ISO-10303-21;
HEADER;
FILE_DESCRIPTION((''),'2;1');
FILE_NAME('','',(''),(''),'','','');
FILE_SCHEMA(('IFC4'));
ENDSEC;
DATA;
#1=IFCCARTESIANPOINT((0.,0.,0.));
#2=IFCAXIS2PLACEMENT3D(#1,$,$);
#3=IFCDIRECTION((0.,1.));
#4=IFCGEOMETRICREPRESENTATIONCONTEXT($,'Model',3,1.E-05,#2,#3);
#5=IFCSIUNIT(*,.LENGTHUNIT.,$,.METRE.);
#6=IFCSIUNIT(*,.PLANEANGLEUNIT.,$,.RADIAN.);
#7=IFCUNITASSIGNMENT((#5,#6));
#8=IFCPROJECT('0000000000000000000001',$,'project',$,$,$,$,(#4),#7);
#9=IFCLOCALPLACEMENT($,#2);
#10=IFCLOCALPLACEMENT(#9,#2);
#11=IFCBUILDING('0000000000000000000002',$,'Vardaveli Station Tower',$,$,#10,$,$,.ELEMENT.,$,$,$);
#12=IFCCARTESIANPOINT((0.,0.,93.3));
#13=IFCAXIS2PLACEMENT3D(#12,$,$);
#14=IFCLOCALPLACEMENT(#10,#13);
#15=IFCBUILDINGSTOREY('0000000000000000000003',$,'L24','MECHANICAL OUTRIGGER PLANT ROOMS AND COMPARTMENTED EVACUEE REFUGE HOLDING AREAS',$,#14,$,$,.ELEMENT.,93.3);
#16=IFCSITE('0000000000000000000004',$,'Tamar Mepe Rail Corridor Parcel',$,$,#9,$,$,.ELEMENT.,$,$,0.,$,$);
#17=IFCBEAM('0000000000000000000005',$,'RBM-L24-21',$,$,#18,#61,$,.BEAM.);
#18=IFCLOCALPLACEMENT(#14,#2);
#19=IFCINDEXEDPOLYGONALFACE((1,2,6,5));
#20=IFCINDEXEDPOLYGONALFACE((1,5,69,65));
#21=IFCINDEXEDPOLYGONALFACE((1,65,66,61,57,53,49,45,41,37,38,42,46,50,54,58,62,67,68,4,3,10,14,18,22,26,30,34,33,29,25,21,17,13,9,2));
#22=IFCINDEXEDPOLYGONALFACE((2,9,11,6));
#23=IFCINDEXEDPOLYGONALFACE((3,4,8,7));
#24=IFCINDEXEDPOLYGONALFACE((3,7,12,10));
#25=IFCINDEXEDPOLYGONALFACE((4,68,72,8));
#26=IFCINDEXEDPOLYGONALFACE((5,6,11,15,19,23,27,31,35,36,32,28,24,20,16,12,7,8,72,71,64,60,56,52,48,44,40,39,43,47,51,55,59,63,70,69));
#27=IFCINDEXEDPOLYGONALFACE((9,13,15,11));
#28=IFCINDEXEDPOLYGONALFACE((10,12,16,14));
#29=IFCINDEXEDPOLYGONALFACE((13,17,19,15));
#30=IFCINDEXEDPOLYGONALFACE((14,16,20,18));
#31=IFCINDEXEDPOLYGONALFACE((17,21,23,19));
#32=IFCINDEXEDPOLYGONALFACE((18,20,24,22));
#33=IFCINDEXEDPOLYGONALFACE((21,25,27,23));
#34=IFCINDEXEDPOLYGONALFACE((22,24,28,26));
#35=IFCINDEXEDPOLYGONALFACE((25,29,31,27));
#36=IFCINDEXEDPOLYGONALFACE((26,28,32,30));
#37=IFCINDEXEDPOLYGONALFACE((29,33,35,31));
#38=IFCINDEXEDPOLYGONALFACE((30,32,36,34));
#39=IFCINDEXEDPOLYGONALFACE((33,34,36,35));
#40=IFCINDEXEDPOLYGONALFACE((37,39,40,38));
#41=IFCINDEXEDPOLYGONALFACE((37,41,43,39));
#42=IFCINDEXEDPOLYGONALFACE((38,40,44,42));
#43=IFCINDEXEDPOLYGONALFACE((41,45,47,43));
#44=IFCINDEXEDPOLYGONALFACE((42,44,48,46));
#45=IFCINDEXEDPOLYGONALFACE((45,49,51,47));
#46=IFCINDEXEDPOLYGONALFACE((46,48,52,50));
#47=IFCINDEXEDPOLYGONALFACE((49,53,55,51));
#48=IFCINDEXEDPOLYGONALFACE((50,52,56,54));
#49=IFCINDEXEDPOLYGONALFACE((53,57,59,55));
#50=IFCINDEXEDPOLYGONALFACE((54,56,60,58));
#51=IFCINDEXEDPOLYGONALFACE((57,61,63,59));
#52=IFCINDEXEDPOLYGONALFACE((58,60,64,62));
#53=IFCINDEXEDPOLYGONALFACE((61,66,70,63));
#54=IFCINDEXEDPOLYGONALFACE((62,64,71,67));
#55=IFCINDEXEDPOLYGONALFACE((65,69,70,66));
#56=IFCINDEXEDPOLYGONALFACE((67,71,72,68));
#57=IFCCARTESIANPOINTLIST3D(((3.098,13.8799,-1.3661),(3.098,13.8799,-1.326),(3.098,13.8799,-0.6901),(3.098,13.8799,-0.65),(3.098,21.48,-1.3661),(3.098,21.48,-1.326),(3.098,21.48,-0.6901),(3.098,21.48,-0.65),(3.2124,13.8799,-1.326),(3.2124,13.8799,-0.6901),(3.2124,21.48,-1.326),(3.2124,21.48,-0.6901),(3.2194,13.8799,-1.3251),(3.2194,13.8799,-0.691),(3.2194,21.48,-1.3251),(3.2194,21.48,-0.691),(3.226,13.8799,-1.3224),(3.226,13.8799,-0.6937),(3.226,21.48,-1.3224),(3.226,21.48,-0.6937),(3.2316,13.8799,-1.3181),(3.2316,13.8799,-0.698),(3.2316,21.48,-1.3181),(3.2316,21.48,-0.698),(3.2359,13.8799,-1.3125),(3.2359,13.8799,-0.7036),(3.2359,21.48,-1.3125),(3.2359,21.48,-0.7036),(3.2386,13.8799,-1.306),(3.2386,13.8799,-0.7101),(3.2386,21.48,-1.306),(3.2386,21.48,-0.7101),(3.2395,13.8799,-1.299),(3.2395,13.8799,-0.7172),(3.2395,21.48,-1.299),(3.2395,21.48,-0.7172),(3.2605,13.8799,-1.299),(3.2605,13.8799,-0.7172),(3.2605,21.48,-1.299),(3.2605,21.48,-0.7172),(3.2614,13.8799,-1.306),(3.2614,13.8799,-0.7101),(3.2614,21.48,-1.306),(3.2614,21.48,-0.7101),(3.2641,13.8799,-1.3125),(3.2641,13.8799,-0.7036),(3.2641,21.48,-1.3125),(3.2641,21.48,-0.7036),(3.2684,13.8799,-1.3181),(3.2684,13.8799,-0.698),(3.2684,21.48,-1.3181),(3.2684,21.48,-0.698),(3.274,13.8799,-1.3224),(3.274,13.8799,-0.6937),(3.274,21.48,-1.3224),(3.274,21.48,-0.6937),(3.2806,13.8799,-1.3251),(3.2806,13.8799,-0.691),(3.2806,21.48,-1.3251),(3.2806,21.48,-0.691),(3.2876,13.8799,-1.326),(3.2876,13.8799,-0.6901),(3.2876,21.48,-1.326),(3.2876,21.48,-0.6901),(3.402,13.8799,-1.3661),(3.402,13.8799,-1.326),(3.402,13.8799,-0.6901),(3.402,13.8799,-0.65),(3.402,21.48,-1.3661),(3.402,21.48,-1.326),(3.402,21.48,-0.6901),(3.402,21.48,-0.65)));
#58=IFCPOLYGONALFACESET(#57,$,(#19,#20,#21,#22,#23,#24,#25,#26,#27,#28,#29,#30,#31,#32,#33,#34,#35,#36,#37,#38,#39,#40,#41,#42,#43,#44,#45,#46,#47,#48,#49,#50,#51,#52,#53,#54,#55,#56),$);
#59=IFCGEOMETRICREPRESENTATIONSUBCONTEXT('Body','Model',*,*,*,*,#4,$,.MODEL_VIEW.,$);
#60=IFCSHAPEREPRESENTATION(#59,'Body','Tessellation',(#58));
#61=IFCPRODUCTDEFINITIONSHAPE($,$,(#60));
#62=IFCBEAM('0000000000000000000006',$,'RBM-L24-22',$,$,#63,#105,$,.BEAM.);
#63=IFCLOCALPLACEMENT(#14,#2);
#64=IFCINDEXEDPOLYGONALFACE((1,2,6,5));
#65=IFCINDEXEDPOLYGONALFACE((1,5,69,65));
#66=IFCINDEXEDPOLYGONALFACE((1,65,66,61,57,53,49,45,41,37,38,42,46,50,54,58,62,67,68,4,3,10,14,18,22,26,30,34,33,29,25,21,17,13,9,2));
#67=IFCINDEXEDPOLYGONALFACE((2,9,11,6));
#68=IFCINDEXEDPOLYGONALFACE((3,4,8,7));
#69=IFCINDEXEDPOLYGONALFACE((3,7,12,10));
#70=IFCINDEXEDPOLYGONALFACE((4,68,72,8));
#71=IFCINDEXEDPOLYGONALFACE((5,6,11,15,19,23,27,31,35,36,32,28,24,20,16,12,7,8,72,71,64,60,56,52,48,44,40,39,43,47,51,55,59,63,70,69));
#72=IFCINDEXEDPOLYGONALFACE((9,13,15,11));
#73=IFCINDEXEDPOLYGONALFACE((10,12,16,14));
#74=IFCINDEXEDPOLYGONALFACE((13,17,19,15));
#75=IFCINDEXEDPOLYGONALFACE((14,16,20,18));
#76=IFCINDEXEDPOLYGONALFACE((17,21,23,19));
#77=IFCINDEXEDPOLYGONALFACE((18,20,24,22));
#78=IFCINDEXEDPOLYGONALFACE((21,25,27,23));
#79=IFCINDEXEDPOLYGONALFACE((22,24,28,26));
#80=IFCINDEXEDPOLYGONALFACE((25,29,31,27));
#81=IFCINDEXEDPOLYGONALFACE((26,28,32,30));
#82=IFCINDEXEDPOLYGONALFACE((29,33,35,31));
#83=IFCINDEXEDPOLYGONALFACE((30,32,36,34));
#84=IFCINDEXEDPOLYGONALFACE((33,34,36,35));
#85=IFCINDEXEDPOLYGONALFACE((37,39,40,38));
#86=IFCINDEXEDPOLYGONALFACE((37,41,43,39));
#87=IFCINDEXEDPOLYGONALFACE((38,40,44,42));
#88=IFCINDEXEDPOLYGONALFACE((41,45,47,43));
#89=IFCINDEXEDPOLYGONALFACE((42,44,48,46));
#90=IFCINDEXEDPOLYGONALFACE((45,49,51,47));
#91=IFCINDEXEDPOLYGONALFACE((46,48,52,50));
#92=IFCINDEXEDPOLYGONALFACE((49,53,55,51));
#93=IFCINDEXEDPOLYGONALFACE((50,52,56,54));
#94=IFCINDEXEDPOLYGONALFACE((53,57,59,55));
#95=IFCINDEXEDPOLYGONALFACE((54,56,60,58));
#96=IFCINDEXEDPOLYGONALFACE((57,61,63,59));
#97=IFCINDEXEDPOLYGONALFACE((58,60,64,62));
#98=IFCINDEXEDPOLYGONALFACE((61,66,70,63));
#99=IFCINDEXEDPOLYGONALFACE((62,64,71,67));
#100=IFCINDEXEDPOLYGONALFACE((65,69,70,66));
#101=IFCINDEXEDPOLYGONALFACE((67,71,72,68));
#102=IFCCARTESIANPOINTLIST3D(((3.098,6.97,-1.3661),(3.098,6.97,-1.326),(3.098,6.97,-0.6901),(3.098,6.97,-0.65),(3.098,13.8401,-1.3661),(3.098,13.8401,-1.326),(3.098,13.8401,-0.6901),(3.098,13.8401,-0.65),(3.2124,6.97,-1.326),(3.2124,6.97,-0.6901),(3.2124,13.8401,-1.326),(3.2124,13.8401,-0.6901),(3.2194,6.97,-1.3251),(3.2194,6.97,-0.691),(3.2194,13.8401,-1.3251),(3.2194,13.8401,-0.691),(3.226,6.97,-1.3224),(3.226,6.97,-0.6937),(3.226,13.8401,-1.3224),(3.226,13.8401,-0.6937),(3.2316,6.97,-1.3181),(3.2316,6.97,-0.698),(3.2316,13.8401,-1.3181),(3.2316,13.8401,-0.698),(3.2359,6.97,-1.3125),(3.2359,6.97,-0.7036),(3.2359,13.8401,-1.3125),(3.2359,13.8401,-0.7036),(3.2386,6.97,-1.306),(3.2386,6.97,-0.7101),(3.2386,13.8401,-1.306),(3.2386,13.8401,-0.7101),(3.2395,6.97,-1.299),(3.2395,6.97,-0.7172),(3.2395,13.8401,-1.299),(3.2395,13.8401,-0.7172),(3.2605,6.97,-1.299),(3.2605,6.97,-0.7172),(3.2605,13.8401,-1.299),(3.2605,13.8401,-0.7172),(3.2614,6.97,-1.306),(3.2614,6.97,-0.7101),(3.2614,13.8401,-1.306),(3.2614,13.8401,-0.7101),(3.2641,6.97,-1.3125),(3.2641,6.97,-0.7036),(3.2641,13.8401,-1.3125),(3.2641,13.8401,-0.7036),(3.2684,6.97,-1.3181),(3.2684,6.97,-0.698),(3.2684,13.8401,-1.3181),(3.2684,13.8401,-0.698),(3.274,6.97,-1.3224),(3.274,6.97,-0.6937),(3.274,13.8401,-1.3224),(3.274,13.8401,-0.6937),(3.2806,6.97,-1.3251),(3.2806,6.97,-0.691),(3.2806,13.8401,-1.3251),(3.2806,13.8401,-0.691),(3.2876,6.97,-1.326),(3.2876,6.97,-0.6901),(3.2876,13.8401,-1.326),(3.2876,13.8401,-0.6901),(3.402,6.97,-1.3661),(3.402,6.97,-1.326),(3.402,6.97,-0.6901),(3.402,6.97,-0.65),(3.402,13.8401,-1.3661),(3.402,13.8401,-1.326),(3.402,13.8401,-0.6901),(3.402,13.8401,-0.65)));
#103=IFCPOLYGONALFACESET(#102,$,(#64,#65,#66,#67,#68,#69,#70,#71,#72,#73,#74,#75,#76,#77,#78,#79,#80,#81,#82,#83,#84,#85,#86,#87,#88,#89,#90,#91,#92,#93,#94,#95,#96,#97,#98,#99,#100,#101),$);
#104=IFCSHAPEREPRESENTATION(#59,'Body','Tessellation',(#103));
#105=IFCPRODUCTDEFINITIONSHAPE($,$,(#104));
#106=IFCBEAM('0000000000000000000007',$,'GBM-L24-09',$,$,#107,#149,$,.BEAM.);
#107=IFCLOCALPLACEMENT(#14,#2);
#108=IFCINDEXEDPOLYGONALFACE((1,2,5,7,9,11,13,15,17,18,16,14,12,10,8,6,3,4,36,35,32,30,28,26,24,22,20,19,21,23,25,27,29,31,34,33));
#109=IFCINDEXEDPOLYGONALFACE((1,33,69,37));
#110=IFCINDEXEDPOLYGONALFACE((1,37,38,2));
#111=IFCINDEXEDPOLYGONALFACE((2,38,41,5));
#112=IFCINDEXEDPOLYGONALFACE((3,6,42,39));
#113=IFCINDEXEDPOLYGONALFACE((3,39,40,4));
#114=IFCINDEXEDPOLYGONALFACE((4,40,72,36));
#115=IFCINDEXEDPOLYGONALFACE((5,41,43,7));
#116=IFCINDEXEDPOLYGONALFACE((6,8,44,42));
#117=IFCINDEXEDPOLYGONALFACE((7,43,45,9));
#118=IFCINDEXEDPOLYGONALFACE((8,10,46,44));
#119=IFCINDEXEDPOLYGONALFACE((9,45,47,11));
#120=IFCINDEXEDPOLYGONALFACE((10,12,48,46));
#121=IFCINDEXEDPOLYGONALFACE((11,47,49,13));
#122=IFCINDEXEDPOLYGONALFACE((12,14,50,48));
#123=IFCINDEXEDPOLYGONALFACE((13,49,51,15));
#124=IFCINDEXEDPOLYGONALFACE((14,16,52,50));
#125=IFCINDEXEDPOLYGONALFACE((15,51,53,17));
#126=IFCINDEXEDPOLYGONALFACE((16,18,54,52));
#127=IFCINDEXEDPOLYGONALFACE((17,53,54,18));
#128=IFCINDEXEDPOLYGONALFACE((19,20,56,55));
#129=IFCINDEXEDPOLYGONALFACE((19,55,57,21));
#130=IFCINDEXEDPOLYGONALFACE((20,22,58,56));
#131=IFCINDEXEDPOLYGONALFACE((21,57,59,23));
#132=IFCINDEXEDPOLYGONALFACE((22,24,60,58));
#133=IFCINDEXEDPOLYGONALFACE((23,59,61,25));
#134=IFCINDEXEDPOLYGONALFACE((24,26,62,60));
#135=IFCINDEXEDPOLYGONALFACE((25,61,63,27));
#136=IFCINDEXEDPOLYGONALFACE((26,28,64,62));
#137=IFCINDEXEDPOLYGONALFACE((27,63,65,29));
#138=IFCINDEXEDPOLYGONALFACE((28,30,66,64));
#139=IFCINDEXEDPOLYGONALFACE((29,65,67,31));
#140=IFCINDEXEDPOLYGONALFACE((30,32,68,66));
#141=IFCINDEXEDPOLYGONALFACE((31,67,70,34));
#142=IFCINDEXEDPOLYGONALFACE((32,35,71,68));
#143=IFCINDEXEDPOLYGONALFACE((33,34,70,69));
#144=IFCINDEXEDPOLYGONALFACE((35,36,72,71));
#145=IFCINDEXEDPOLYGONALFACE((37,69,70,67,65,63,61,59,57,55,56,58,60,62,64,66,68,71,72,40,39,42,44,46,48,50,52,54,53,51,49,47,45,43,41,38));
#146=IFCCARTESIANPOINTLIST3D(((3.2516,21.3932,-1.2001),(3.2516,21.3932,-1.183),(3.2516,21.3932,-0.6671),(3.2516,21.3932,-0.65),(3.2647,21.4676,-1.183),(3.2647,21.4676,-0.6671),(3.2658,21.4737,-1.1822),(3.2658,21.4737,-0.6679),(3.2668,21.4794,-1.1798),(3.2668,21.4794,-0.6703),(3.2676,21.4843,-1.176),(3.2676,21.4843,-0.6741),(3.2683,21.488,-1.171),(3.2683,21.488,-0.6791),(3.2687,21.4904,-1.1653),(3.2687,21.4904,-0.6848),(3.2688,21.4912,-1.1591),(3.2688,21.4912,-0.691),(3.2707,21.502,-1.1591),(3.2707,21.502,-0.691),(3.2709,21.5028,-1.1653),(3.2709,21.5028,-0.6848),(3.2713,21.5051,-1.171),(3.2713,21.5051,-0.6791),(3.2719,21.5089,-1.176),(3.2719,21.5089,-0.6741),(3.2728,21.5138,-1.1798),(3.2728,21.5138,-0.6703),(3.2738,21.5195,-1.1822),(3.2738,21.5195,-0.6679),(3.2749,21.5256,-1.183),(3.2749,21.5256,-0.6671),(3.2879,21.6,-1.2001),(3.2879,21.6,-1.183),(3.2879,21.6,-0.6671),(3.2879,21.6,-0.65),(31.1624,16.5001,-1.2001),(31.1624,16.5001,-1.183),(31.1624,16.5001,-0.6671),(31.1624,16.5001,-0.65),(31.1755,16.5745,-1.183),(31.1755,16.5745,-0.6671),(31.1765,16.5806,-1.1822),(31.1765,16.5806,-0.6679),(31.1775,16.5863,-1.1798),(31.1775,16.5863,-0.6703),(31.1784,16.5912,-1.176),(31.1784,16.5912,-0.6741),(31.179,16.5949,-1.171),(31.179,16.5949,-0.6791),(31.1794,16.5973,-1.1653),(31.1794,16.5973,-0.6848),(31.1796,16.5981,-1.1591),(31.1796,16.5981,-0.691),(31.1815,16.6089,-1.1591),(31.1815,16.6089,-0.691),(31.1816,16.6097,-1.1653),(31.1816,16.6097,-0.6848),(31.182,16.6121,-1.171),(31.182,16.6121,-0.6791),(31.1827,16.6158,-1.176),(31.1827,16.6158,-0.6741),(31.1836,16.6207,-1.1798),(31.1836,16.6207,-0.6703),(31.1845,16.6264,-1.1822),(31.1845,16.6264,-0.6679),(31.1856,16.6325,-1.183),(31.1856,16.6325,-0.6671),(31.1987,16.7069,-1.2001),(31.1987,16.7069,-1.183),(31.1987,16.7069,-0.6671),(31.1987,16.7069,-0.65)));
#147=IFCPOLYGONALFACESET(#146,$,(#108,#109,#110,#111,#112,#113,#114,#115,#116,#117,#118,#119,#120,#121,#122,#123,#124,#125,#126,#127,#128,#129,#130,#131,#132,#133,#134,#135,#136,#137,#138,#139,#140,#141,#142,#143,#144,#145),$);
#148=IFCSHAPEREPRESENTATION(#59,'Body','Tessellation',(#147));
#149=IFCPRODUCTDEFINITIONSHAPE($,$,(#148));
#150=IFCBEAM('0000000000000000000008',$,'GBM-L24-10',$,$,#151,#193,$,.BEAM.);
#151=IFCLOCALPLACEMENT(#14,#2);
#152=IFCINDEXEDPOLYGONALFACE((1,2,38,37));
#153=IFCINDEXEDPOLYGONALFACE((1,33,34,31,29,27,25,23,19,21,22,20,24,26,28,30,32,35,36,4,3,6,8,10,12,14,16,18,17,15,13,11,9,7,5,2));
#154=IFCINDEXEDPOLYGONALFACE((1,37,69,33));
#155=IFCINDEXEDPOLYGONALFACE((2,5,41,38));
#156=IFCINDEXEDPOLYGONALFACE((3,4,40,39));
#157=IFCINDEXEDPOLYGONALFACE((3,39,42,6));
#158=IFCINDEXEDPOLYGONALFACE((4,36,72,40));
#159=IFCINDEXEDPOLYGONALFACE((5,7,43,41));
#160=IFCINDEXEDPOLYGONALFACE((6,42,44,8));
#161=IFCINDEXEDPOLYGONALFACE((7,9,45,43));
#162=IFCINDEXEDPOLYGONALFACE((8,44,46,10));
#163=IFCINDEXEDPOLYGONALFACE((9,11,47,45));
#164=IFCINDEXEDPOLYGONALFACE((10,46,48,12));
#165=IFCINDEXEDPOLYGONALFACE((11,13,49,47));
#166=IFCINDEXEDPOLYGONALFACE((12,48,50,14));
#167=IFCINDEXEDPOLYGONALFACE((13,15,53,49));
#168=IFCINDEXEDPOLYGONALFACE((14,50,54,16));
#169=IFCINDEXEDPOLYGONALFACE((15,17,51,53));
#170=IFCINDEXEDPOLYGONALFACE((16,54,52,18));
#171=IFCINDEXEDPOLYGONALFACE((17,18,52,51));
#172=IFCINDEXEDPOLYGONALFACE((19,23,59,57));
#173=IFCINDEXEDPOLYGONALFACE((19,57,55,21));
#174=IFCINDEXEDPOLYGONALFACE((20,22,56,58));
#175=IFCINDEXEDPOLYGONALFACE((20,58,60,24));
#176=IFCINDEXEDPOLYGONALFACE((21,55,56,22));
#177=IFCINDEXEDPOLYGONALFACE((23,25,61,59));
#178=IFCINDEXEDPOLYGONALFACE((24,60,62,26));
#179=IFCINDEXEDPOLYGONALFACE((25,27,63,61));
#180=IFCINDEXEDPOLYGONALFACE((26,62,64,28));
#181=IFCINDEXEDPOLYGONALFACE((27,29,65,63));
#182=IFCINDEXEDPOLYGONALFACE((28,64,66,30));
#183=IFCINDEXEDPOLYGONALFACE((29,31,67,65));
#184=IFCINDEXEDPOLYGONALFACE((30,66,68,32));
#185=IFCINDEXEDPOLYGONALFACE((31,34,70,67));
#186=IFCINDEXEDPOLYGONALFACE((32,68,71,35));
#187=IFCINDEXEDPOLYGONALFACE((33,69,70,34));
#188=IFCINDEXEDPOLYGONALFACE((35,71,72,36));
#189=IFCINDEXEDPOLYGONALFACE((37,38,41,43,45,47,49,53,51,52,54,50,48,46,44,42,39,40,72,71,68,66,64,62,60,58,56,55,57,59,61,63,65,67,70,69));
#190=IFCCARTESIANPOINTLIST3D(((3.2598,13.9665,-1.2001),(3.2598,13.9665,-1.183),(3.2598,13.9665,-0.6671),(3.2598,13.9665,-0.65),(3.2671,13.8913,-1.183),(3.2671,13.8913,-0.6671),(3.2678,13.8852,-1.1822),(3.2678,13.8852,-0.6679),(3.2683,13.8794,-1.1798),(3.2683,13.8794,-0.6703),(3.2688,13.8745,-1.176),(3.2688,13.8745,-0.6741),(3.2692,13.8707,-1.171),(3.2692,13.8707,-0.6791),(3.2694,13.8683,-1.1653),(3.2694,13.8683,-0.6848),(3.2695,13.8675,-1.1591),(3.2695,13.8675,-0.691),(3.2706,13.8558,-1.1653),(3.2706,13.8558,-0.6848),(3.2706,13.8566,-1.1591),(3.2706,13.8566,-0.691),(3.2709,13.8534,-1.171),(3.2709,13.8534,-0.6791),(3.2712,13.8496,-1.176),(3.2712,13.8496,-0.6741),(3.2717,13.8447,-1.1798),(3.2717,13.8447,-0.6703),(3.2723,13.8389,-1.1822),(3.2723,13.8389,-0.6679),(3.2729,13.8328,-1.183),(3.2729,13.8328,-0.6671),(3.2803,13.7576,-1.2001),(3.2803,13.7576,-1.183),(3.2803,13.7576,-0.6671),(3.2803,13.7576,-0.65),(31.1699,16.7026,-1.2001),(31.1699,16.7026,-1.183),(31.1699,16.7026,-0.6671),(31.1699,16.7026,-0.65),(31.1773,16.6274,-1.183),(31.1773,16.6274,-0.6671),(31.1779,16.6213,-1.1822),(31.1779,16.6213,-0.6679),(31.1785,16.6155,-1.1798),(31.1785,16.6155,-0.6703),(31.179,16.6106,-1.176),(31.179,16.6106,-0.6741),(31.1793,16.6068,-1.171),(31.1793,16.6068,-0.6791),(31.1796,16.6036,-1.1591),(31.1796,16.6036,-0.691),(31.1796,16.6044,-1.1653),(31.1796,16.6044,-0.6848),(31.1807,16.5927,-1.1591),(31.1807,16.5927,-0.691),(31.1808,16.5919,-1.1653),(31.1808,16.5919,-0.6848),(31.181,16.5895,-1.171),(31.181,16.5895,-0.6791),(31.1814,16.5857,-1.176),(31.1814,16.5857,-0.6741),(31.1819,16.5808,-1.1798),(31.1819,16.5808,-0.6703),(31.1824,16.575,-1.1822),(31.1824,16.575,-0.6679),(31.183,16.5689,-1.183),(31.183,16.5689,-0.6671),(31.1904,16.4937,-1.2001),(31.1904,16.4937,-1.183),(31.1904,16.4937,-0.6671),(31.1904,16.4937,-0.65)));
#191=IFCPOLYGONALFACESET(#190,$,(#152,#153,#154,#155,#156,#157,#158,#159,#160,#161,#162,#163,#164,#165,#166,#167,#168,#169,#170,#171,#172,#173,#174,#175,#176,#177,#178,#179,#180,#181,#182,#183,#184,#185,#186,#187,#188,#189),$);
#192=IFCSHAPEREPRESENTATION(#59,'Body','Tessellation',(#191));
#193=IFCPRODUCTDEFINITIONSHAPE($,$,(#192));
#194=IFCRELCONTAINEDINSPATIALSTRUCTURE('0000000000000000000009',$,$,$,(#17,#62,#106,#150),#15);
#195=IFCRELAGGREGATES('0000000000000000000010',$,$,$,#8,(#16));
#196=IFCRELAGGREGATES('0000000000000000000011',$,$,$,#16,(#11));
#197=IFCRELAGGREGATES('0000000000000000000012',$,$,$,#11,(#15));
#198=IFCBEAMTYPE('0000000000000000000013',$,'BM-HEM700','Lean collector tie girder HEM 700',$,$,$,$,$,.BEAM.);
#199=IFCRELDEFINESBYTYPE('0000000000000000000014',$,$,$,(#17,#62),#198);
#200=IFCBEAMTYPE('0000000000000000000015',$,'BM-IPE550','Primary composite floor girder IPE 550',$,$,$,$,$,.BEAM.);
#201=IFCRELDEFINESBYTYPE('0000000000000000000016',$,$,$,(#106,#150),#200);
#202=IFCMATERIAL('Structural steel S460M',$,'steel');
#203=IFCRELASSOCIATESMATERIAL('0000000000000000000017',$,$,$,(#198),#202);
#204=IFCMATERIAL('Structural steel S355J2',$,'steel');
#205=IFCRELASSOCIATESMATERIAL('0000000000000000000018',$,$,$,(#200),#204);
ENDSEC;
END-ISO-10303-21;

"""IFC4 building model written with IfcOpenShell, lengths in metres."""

from ifc_helpers import new_model, si_unit, direction, frame, origin, origin_2d, place, context, subcontext, project, spatial, i_section, extrude, source, transform, mapped, material, material_profile, profile_set, type_object, element, save


model = new_model("IFC4")

# Units and contexts
model_context = context("Model", 3, precision=1e-05, world=origin(), true_north=direction((0.0, 1.0)))
body_context = subcontext(model_context, "Body", "Model", "MODEL_VIEW")
ifc_project = project(units=[si_unit("LENGTHUNIT", "METRE"), si_unit("PLANEANGLEUNIT", "RADIAN")], contexts=[model_context])

# Site, building, storey
site_placement = place(None, origin())
site = spatial("IfcSite", under=ifc_project, at=site_placement, Name="Tamar Mepe Rail Corridor Parcel", CompositionType="ELEMENT", RefElevation=0.0)
building_placement = place(site_placement, origin())
building = spatial("IfcBuilding", under=site, at=building_placement, Name="Vardaveli Station Tower", CompositionType="ELEMENT")
storey_placement = place(building_placement, frame((0.0, 0.0, 93.3)))
storey = spatial("IfcBuildingStorey", under=building, at=storey_placement, Name="L24", Description="MECHANICAL OUTRIGGER PLANT ROOMS AND COMPARTMENTED EVACUEE REFUGE HOLDING AREAS", CompositionType="ELEMENT", Elevation=93.3)

# Shared definitions
ifc_material_1 = material(Name="Structural steel S460M", Category="steel")

# Beams
ifc_material_2 = material(Name="Structural steel S355J2", Category="steel")
ifc_material_profile_1 = material_profile(ifc_material_1, i_section(OverallWidth=0.304, OverallDepth=0.7161, WebThickness=0.021, FlangeThickness=0.04, FilletRadius=0.0271, at=origin_2d()), Name="HEM 700")
ifc_profile_set_1 = profile_set([ifc_material_profile_1], Name="Structural steel S460M")
beam_type_1 = type_object("IfcBeamType", Name="BM-HEM700", Description="Lean collector tie girder HEM 700", PredefinedType="BEAM", material=ifc_profile_set_1)
shared_shape_1 = source(origin(), body_context, "Body", "SweptSolid", [
    extrude(i_section(OverallWidth=0.304, OverallDepth=0.7161, WebThickness=0.021, FlangeThickness=0.04, FilletRadius=0.0271, at=origin_2d()), origin(), (0.0, 0.0, 1.0), 7.6001),
])
beam_1_placement = place(storey_placement, frame((3.25, 21.48, -1.0081), z_axis=(0.0, -1.0, 0.0), x_axis=(1.0, 0.0, 0.0)))
element("IfcBeam", 1, at=beam_1_placement, inside=storey, type_object=beam_type_1, Name="RBM-L24-21", PredefinedType="BEAM", context=body_context, shape_type="MappedRepresentation", body=[
    mapped(shared_shape_1, transform((0.0, 0.0, 0.0), scale=1.0)),
])
shared_shape_2 = source(origin(), body_context, "Body", "SweptSolid", [
    extrude(i_section(OverallWidth=0.304, OverallDepth=0.7161, WebThickness=0.021, FlangeThickness=0.04, FilletRadius=0.0271, at=origin_2d()), origin(), (0.0, 0.0, 1.0), 6.8701),
])
beam_2_placement = place(storey_placement, frame((3.25, 13.8401, -1.0081), z_axis=(0.0, -1.0, 0.0), x_axis=(1.0, 0.0, 0.0)))
element("IfcBeam", 2, at=beam_2_placement, inside=storey, type_object=beam_type_1, Name="RBM-L24-22", PredefinedType="BEAM", context=body_context, shape_type="MappedRepresentation", body=[
    mapped(shared_shape_2, transform((0.0, 0.0, 0.0), scale=1.0)),
])
ifc_material_profile_2 = material_profile(ifc_material_2, i_section(OverallWidth=0.21, OverallDepth=0.55, WebThickness=0.011, FlangeThickness=0.0171, FilletRadius=0.0239, at=origin_2d()), Name="IPE 550")
ifc_profile_set_2 = profile_set([ifc_material_profile_2], Name="Structural steel S355J2")
beam_type_2 = type_object("IfcBeamType", Name="BM-IPE550", Description="Primary composite floor girder IPE 550", PredefinedType="BEAM", material=ifc_profile_set_2)
shared_shape_3 = source(origin(), body_context, "Body", "SweptSolid", [
    extrude(i_section(OverallWidth=0.21, OverallDepth=0.55, WebThickness=0.011, FlangeThickness=0.0171, FilletRadius=0.0239, at=origin_2d()), origin(), (0.0, 0.0, 1.0), 28.3364),
])
beam_3_placement = place(storey_placement, frame((3.2698, 21.4966, -0.925), z_axis=(0.984978, -0.172678, 0.0), x_axis=(0.172678, 0.984978, 0.0)))
element("IfcBeam", 3, at=beam_3_placement, inside=storey, type_object=beam_type_2, Name="GBM-L24-09", PredefinedType="BEAM", context=body_context, shape_type="MappedRepresentation", body=[
    mapped(shared_shape_3, transform((0.0, 0.0, 0.0), scale=1.0)),
])
shared_shape_4 = source(origin(), body_context, "Body", "SweptSolid", [
    extrude(i_section(OverallWidth=0.21, OverallDepth=0.55, WebThickness=0.011, FlangeThickness=0.0171, FilletRadius=0.0239, at=origin_2d()), origin(), (0.0, 0.0, 1.0), 28.0439),
])
beam_4_placement = place(storey_placement, frame((3.27, 13.8621, -0.925), z_axis=(0.995229, 0.097564, 0.0), x_axis=(-0.097564, 0.995229, 0.0)))
element("IfcBeam", 4, at=beam_4_placement, inside=storey, type_object=beam_type_2, Name="GBM-L24-10", PredefinedType="BEAM", context=body_context, shape_type="MappedRepresentation", body=[
    mapped(shared_shape_4, transform((0.0, 0.0, 0.0), scale=1.0)),
])

save(model, "model.ifc")
